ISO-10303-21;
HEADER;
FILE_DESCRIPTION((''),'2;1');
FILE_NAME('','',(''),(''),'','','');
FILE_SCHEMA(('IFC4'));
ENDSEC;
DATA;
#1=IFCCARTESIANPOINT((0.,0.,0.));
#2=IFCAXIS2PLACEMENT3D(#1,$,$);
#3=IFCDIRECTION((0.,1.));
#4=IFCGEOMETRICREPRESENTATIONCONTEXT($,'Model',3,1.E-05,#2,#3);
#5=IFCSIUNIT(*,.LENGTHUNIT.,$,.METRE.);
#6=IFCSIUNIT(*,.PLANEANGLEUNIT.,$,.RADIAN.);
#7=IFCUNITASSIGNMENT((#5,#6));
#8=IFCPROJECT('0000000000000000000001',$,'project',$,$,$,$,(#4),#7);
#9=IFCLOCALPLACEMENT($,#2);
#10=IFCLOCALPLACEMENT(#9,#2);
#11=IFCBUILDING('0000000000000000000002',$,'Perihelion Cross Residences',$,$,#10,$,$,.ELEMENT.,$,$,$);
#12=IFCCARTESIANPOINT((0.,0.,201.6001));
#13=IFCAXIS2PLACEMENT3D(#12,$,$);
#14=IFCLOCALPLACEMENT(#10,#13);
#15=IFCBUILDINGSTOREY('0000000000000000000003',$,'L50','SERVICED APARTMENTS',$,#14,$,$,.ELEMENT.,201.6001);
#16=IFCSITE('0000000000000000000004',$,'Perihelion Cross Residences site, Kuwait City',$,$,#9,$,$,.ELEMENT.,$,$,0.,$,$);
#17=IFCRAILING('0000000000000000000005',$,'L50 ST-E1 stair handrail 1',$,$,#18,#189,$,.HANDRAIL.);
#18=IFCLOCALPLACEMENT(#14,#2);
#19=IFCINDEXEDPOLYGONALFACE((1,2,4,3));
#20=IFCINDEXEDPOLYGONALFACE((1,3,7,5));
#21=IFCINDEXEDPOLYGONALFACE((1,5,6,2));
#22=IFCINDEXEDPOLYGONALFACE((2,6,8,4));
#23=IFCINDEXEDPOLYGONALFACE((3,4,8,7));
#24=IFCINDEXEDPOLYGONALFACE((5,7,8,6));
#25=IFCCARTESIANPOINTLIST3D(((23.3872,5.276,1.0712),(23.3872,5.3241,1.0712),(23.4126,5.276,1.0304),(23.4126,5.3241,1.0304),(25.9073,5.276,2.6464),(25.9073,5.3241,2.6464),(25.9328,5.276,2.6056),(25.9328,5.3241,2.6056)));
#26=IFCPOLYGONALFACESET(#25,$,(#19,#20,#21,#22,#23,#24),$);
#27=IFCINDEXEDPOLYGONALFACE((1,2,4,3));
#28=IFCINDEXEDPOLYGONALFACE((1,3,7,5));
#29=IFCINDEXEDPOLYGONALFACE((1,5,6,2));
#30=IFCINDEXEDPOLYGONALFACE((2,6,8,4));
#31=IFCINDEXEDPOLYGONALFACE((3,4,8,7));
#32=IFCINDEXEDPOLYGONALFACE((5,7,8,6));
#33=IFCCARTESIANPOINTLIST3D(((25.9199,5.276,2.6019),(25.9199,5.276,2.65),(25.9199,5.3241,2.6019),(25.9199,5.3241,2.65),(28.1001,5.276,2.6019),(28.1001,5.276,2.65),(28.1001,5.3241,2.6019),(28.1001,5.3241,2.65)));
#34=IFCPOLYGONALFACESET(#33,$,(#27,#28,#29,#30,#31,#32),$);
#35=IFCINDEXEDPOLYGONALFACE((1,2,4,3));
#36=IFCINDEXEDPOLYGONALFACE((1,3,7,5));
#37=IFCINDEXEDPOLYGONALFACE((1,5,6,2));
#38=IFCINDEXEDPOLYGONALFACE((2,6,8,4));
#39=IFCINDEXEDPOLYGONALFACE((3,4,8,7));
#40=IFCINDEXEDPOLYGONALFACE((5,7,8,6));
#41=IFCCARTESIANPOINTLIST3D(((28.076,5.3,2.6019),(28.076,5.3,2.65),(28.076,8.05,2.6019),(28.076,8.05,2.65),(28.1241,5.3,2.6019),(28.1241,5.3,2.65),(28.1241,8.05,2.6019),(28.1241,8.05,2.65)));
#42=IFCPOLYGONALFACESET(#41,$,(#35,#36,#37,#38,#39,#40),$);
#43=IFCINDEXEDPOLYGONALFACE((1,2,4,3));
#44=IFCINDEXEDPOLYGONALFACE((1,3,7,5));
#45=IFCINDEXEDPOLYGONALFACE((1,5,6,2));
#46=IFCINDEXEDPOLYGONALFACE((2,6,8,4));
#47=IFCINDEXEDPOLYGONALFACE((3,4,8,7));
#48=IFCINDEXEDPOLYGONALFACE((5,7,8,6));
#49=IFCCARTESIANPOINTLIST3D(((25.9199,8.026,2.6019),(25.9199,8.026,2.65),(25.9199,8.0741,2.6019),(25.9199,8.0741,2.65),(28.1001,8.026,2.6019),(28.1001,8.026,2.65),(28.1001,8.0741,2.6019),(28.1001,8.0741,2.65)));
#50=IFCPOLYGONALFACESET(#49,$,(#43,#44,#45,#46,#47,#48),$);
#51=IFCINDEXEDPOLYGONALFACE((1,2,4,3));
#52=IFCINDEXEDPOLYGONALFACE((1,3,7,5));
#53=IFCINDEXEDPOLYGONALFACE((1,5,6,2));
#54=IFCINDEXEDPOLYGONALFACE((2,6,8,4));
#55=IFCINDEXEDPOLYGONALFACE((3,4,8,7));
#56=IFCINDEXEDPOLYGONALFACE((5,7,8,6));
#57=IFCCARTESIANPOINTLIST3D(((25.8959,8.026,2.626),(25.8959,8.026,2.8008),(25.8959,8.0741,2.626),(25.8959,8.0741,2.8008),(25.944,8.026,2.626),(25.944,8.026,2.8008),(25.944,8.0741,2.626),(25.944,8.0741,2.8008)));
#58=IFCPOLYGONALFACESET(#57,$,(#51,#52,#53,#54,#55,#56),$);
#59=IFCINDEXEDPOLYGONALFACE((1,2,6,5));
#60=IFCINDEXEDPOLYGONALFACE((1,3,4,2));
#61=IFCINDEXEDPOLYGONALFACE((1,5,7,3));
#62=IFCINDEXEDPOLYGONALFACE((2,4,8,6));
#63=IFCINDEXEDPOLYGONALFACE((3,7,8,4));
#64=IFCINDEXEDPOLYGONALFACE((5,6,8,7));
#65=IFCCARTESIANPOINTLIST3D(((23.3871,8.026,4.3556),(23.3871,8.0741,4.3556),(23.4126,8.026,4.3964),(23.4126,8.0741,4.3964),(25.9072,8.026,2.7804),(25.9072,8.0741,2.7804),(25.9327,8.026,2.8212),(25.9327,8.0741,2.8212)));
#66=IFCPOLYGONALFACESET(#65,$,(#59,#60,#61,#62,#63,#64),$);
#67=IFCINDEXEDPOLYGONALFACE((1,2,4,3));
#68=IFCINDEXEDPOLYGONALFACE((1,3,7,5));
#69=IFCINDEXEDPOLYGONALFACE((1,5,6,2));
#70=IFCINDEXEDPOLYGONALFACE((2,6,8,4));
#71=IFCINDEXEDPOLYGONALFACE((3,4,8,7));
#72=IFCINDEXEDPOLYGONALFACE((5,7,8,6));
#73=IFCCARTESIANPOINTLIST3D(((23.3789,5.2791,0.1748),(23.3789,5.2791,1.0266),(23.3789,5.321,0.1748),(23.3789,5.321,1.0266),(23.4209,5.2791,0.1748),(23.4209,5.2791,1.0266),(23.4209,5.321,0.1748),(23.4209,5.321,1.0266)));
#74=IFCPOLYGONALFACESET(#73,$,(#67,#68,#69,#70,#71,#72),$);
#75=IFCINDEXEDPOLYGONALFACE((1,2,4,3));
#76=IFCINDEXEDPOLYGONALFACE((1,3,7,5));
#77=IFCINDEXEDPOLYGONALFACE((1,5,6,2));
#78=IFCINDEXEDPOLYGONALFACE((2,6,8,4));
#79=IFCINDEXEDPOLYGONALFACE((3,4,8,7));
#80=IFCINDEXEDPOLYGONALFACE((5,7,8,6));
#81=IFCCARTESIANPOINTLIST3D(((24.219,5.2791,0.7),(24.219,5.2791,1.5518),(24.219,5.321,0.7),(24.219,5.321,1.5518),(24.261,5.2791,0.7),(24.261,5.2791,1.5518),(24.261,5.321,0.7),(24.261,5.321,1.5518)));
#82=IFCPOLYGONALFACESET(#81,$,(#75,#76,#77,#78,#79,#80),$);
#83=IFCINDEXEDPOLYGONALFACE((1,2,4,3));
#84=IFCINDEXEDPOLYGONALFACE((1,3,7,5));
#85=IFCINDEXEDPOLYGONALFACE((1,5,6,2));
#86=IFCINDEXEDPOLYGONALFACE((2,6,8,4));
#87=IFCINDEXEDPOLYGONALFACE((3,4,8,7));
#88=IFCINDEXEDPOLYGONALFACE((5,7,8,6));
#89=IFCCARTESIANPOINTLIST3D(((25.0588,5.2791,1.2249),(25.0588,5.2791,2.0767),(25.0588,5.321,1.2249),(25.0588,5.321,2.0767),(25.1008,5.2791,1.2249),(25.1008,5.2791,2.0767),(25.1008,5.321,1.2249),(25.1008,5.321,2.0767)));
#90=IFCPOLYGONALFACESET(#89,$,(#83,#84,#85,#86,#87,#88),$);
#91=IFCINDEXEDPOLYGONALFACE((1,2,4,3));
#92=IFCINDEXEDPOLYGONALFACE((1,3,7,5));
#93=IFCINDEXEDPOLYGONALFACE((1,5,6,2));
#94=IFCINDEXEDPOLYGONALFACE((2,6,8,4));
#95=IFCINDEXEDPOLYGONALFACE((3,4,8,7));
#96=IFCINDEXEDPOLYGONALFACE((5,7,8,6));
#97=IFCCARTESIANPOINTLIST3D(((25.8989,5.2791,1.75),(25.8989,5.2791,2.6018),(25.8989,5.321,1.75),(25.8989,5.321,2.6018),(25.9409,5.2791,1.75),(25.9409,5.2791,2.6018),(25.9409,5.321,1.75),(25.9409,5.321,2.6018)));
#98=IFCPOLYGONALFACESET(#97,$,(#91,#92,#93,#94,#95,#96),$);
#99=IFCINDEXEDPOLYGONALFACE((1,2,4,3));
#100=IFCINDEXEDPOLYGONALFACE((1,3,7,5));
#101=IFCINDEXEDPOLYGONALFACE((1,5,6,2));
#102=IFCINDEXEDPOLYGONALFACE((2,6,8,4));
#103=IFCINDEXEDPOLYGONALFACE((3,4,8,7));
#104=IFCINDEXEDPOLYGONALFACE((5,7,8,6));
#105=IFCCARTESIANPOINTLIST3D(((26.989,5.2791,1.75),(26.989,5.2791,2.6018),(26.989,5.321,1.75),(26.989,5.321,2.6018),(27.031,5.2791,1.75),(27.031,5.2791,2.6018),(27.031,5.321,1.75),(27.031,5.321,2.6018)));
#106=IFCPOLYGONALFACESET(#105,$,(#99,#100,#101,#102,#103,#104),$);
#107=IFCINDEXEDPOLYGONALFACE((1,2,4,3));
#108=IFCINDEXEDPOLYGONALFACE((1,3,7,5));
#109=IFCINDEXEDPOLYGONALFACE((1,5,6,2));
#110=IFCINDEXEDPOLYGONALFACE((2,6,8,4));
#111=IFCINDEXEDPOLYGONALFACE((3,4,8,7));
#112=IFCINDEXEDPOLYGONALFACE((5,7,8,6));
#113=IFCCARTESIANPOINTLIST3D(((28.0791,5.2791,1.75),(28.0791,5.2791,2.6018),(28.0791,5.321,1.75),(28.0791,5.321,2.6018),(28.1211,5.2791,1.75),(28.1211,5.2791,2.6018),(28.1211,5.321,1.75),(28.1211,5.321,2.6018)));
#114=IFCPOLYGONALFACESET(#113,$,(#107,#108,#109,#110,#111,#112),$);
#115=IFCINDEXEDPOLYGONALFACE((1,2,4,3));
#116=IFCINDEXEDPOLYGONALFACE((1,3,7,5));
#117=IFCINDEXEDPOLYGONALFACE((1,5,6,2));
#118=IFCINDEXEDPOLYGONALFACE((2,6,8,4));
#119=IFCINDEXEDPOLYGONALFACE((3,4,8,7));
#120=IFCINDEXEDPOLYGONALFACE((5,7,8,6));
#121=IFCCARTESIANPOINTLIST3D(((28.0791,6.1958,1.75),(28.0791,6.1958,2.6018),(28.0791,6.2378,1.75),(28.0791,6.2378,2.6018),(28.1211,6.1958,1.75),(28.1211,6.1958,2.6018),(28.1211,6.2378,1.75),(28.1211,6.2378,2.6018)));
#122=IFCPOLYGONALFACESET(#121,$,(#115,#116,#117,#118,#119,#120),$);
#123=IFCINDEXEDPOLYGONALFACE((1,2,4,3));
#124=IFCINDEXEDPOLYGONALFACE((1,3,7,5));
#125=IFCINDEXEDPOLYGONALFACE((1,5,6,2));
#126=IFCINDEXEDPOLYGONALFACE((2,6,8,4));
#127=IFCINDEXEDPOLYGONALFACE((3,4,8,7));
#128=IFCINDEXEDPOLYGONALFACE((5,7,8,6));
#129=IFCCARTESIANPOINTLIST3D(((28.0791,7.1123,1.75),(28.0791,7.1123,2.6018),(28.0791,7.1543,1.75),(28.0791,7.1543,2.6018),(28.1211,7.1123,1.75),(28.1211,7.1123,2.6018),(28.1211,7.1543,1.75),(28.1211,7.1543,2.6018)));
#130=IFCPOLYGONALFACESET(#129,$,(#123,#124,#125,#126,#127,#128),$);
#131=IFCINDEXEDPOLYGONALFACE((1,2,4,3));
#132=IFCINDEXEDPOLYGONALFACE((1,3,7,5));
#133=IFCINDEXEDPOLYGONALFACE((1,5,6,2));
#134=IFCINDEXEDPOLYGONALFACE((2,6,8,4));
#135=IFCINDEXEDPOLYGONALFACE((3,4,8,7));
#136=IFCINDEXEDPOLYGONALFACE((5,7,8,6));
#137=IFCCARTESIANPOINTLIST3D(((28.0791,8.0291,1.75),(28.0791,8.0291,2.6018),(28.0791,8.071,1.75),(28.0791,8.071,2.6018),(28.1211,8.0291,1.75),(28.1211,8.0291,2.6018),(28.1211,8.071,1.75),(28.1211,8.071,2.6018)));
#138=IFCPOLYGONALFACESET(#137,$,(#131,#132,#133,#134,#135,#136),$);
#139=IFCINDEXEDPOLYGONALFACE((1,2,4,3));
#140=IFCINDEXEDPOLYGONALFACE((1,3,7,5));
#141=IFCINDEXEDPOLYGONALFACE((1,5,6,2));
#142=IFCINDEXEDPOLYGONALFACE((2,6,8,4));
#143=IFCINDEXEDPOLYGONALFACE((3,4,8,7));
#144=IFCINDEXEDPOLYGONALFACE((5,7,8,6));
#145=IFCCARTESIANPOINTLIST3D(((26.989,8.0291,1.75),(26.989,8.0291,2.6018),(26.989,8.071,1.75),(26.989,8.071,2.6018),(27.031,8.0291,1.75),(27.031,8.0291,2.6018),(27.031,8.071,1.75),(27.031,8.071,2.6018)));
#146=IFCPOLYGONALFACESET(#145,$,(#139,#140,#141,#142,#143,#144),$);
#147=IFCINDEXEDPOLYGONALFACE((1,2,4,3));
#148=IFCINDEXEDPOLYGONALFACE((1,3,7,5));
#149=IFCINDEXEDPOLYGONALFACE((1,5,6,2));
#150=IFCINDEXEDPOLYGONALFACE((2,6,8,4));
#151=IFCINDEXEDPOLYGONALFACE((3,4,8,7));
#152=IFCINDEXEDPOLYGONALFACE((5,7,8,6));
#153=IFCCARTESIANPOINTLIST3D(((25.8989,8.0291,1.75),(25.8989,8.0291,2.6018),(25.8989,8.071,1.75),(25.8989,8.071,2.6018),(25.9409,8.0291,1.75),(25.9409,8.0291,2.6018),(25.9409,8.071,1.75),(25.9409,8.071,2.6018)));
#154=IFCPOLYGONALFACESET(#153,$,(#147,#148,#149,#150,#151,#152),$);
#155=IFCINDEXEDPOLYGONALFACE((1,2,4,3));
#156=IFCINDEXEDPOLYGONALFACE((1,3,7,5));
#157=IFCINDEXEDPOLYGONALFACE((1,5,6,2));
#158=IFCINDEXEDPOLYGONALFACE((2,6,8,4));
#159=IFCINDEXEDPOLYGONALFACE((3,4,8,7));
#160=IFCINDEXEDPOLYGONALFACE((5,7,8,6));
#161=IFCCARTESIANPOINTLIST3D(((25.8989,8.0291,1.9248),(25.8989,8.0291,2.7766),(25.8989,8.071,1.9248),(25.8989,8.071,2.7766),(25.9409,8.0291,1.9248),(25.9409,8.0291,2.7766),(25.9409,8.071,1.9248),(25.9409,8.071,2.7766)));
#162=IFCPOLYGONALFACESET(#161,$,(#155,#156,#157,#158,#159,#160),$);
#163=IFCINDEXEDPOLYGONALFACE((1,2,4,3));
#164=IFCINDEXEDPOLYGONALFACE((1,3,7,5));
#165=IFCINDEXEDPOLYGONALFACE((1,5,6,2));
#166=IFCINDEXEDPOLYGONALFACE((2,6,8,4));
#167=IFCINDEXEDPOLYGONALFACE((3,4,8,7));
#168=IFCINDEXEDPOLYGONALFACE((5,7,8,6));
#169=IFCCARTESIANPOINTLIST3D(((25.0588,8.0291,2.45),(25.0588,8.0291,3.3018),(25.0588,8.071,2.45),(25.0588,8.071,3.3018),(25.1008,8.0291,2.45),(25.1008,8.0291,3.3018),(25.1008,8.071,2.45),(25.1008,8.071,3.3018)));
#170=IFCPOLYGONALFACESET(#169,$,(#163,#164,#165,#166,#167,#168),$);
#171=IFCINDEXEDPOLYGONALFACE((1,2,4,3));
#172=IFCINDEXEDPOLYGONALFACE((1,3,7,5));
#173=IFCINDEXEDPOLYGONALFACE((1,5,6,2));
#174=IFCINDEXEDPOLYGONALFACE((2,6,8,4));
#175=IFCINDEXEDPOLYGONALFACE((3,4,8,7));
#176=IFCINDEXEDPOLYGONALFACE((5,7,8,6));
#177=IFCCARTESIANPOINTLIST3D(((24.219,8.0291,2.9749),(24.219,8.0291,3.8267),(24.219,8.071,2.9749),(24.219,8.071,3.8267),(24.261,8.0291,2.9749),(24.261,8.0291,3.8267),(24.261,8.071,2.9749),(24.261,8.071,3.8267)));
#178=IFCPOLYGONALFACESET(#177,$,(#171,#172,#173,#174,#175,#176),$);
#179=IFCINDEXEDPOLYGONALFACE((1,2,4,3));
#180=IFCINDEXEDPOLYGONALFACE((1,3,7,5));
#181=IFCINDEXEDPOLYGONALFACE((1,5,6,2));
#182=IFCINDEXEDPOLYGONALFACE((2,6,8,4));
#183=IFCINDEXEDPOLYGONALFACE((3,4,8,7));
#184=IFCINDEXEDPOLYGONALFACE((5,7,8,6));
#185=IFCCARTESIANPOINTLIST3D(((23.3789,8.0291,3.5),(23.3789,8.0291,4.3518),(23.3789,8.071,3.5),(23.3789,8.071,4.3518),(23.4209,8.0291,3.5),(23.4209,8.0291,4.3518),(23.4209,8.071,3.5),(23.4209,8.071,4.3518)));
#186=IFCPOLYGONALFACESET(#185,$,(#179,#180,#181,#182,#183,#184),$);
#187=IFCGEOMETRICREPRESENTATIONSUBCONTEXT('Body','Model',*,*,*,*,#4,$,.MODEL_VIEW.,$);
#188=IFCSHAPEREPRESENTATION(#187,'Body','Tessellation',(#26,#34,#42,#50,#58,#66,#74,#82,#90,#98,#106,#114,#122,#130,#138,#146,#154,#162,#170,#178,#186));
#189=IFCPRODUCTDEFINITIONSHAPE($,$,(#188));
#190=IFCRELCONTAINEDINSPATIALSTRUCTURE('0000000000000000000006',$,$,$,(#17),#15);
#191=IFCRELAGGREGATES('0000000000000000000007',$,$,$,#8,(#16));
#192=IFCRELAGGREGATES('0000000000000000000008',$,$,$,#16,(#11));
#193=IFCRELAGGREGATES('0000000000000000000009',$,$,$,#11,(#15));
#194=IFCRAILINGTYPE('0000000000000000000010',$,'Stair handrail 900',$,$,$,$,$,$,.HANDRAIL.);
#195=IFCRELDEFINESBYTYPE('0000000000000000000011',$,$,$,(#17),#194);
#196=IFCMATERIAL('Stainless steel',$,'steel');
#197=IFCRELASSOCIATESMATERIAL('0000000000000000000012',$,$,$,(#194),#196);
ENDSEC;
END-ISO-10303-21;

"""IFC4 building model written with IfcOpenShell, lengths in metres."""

from ifc_helpers import new_model, si_unit, direction, frame, origin, origin_2d, place, context, subcontext, project, spatial, rectangle, extrude, material, type_object, element, save


model = new_model("IFC4")

# Units and contexts
model_context = context("Model", 3, precision=1e-05, world=origin(), true_north=direction((0.0, 1.0)))
body_context = subcontext(model_context, "Body", "Model", "MODEL_VIEW")
ifc_project = project(units=[si_unit("LENGTHUNIT", "METRE"), si_unit("PLANEANGLEUNIT", "RADIAN")], contexts=[model_context])

# Site, building, storey
site_placement = place(None, origin())
site = spatial("IfcSite", under=ifc_project, at=site_placement, Name="Perihelion Cross Residences site, Kuwait City", CompositionType="ELEMENT", RefElevation=0.0)
building_placement = place(site_placement, origin())
building = spatial("IfcBuilding", under=site, at=building_placement, Name="Perihelion Cross Residences", CompositionType="ELEMENT")
storey_placement = place(building_placement, frame((0.0, 0.0, 201.6001)))
storey = spatial("IfcBuildingStorey", under=building, at=storey_placement, Name="L50", Description="SERVICED APARTMENTS", CompositionType="ELEMENT", Elevation=201.6001)

# Railing
ifc_material_1 = material(Name="Stainless steel", Category="steel")
railing_type_1 = type_object("IfcRailingType", Name="Stair handrail 900", PredefinedType="HANDRAIL", material=ifc_material_1)
railing_1_placement = place(storey_placement, frame((23.3999, 5.3, 0.1748)))
element("IfcRailing", 1, at=railing_1_placement, inside=storey, type_object=railing_type_1, Name="L50 ST-E1 stair handrail 1", PredefinedType="HANDRAIL", context=body_context, shape_type="SweptSolid", body=[
    extrude(rectangle(XDim=0.0481, YDim=0.0481, at=origin_2d()), frame((0.0, 0.0, 0.876), z_axis=(0.847971, 0.0, 0.530043), x_axis=(0.0, 1.0, 0.0)), (0.0, 0.0, 1.0), 2.9719),
    extrude(rectangle(XDim=0.0481, YDim=0.0481, at=origin_2d()), frame((2.52, 0.0, 2.4512), z_axis=(1.0, 0.0, 0.0), x_axis=(0.0, 1.0, 0.0)), (0.0, 0.0, 1.0), 2.1802),
    extrude(rectangle(XDim=0.0481, YDim=0.0481, at=origin_2d()), frame((4.7002, 0.0, 2.4512), z_axis=(0.0, 1.0, 0.0), x_axis=(-1.0, 0.0, 0.0)), (0.0, 0.0, 1.0), 2.75),
    extrude(rectangle(XDim=0.0481, YDim=0.0481, at=origin_2d()), frame((4.7002, 2.75, 2.4512), z_axis=(-1.0, 0.0, 0.0), x_axis=(0.0, -1.0, 0.0)), (0.0, 0.0, 1.0), 2.1802),
    extrude(rectangle(XDim=0.0481, YDim=0.0481, at=origin_2d()), frame((2.52, 2.75, 2.4512), z_axis=(0.0, 0.0, 1.0), x_axis=(1.0, 0.0, 0.0)), (0.0, 0.0, 1.0), 0.1748),
    extrude(rectangle(XDim=0.0481, YDim=0.0481, at=origin_2d()), frame((2.52, 2.75, 2.626), z_axis=(-0.847971, 0.0, 0.530043), x_axis=(0.0, -1.0, 0.0)), (0.0, 0.0, 1.0), 2.9719),
    extrude(rectangle(XDim=0.042, YDim=0.042, at=origin_2d()), origin(), (0.0, 0.0, 1.0), 0.8518),
    extrude(rectangle(XDim=0.042, YDim=0.042, at=origin_2d()), frame((0.8401, 0.0, 0.5251)), (0.0, 0.0, 1.0), 0.8518),
    extrude(rectangle(XDim=0.042, YDim=0.042, at=origin_2d()), frame((1.6799, 0.0, 1.05)), (0.0, 0.0, 1.0), 0.8518),
    extrude(rectangle(XDim=0.042, YDim=0.042, at=origin_2d()), frame((2.52, 0.0, 1.5752)), (0.0, 0.0, 1.0), 0.8518),
    extrude(rectangle(XDim=0.042, YDim=0.042, at=origin_2d()), frame((3.6101, 0.0, 1.5752)), (0.0, 0.0, 1.0), 0.8518),
    extrude(rectangle(XDim=0.042, YDim=0.042, at=origin_2d()), frame((4.7002, 0.0, 1.5752)), (0.0, 0.0, 1.0), 0.8518),
    extrude(rectangle(XDim=0.042, YDim=0.042, at=origin_2d()), frame((4.7002, 0.9167, 1.5752)), (0.0, 0.0, 1.0), 0.8518),
    extrude(rectangle(XDim=0.042, YDim=0.042, at=origin_2d()), frame((4.7002, 1.8333, 1.5752)), (0.0, 0.0, 1.0), 0.8518),
    extrude(rectangle(XDim=0.042, YDim=0.042, at=origin_2d()), frame((4.7002, 2.75, 1.5752)), (0.0, 0.0, 1.0), 0.8518),
    extrude(rectangle(XDim=0.042, YDim=0.042, at=origin_2d()), frame((3.6101, 2.75, 1.5752)), (0.0, 0.0, 1.0), 0.8518),
    extrude(rectangle(XDim=0.042, YDim=0.042, at=origin_2d()), frame((2.52, 2.75, 1.5752)), (0.0, 0.0, 1.0), 0.8518),
    extrude(rectangle(XDim=0.042, YDim=0.042, at=origin_2d()), frame((2.52, 2.75, 1.75)), (0.0, 0.0, 1.0), 0.8518),
    extrude(rectangle(XDim=0.042, YDim=0.042, at=origin_2d()), frame((1.6799, 2.75, 2.2751)), (0.0, 0.0, 1.0), 0.8518),
    extrude(rectangle(XDim=0.042, YDim=0.042, at=origin_2d()), frame((0.8401, 2.75, 2.8)), (0.0, 0.0, 1.0), 0.8518),
    extrude(rectangle(XDim=0.042, YDim=0.042, at=origin_2d()), frame((0.0, 2.75, 3.3252)), (0.0, 0.0, 1.0), 0.8518),
])

save(model, "model.ifc")
